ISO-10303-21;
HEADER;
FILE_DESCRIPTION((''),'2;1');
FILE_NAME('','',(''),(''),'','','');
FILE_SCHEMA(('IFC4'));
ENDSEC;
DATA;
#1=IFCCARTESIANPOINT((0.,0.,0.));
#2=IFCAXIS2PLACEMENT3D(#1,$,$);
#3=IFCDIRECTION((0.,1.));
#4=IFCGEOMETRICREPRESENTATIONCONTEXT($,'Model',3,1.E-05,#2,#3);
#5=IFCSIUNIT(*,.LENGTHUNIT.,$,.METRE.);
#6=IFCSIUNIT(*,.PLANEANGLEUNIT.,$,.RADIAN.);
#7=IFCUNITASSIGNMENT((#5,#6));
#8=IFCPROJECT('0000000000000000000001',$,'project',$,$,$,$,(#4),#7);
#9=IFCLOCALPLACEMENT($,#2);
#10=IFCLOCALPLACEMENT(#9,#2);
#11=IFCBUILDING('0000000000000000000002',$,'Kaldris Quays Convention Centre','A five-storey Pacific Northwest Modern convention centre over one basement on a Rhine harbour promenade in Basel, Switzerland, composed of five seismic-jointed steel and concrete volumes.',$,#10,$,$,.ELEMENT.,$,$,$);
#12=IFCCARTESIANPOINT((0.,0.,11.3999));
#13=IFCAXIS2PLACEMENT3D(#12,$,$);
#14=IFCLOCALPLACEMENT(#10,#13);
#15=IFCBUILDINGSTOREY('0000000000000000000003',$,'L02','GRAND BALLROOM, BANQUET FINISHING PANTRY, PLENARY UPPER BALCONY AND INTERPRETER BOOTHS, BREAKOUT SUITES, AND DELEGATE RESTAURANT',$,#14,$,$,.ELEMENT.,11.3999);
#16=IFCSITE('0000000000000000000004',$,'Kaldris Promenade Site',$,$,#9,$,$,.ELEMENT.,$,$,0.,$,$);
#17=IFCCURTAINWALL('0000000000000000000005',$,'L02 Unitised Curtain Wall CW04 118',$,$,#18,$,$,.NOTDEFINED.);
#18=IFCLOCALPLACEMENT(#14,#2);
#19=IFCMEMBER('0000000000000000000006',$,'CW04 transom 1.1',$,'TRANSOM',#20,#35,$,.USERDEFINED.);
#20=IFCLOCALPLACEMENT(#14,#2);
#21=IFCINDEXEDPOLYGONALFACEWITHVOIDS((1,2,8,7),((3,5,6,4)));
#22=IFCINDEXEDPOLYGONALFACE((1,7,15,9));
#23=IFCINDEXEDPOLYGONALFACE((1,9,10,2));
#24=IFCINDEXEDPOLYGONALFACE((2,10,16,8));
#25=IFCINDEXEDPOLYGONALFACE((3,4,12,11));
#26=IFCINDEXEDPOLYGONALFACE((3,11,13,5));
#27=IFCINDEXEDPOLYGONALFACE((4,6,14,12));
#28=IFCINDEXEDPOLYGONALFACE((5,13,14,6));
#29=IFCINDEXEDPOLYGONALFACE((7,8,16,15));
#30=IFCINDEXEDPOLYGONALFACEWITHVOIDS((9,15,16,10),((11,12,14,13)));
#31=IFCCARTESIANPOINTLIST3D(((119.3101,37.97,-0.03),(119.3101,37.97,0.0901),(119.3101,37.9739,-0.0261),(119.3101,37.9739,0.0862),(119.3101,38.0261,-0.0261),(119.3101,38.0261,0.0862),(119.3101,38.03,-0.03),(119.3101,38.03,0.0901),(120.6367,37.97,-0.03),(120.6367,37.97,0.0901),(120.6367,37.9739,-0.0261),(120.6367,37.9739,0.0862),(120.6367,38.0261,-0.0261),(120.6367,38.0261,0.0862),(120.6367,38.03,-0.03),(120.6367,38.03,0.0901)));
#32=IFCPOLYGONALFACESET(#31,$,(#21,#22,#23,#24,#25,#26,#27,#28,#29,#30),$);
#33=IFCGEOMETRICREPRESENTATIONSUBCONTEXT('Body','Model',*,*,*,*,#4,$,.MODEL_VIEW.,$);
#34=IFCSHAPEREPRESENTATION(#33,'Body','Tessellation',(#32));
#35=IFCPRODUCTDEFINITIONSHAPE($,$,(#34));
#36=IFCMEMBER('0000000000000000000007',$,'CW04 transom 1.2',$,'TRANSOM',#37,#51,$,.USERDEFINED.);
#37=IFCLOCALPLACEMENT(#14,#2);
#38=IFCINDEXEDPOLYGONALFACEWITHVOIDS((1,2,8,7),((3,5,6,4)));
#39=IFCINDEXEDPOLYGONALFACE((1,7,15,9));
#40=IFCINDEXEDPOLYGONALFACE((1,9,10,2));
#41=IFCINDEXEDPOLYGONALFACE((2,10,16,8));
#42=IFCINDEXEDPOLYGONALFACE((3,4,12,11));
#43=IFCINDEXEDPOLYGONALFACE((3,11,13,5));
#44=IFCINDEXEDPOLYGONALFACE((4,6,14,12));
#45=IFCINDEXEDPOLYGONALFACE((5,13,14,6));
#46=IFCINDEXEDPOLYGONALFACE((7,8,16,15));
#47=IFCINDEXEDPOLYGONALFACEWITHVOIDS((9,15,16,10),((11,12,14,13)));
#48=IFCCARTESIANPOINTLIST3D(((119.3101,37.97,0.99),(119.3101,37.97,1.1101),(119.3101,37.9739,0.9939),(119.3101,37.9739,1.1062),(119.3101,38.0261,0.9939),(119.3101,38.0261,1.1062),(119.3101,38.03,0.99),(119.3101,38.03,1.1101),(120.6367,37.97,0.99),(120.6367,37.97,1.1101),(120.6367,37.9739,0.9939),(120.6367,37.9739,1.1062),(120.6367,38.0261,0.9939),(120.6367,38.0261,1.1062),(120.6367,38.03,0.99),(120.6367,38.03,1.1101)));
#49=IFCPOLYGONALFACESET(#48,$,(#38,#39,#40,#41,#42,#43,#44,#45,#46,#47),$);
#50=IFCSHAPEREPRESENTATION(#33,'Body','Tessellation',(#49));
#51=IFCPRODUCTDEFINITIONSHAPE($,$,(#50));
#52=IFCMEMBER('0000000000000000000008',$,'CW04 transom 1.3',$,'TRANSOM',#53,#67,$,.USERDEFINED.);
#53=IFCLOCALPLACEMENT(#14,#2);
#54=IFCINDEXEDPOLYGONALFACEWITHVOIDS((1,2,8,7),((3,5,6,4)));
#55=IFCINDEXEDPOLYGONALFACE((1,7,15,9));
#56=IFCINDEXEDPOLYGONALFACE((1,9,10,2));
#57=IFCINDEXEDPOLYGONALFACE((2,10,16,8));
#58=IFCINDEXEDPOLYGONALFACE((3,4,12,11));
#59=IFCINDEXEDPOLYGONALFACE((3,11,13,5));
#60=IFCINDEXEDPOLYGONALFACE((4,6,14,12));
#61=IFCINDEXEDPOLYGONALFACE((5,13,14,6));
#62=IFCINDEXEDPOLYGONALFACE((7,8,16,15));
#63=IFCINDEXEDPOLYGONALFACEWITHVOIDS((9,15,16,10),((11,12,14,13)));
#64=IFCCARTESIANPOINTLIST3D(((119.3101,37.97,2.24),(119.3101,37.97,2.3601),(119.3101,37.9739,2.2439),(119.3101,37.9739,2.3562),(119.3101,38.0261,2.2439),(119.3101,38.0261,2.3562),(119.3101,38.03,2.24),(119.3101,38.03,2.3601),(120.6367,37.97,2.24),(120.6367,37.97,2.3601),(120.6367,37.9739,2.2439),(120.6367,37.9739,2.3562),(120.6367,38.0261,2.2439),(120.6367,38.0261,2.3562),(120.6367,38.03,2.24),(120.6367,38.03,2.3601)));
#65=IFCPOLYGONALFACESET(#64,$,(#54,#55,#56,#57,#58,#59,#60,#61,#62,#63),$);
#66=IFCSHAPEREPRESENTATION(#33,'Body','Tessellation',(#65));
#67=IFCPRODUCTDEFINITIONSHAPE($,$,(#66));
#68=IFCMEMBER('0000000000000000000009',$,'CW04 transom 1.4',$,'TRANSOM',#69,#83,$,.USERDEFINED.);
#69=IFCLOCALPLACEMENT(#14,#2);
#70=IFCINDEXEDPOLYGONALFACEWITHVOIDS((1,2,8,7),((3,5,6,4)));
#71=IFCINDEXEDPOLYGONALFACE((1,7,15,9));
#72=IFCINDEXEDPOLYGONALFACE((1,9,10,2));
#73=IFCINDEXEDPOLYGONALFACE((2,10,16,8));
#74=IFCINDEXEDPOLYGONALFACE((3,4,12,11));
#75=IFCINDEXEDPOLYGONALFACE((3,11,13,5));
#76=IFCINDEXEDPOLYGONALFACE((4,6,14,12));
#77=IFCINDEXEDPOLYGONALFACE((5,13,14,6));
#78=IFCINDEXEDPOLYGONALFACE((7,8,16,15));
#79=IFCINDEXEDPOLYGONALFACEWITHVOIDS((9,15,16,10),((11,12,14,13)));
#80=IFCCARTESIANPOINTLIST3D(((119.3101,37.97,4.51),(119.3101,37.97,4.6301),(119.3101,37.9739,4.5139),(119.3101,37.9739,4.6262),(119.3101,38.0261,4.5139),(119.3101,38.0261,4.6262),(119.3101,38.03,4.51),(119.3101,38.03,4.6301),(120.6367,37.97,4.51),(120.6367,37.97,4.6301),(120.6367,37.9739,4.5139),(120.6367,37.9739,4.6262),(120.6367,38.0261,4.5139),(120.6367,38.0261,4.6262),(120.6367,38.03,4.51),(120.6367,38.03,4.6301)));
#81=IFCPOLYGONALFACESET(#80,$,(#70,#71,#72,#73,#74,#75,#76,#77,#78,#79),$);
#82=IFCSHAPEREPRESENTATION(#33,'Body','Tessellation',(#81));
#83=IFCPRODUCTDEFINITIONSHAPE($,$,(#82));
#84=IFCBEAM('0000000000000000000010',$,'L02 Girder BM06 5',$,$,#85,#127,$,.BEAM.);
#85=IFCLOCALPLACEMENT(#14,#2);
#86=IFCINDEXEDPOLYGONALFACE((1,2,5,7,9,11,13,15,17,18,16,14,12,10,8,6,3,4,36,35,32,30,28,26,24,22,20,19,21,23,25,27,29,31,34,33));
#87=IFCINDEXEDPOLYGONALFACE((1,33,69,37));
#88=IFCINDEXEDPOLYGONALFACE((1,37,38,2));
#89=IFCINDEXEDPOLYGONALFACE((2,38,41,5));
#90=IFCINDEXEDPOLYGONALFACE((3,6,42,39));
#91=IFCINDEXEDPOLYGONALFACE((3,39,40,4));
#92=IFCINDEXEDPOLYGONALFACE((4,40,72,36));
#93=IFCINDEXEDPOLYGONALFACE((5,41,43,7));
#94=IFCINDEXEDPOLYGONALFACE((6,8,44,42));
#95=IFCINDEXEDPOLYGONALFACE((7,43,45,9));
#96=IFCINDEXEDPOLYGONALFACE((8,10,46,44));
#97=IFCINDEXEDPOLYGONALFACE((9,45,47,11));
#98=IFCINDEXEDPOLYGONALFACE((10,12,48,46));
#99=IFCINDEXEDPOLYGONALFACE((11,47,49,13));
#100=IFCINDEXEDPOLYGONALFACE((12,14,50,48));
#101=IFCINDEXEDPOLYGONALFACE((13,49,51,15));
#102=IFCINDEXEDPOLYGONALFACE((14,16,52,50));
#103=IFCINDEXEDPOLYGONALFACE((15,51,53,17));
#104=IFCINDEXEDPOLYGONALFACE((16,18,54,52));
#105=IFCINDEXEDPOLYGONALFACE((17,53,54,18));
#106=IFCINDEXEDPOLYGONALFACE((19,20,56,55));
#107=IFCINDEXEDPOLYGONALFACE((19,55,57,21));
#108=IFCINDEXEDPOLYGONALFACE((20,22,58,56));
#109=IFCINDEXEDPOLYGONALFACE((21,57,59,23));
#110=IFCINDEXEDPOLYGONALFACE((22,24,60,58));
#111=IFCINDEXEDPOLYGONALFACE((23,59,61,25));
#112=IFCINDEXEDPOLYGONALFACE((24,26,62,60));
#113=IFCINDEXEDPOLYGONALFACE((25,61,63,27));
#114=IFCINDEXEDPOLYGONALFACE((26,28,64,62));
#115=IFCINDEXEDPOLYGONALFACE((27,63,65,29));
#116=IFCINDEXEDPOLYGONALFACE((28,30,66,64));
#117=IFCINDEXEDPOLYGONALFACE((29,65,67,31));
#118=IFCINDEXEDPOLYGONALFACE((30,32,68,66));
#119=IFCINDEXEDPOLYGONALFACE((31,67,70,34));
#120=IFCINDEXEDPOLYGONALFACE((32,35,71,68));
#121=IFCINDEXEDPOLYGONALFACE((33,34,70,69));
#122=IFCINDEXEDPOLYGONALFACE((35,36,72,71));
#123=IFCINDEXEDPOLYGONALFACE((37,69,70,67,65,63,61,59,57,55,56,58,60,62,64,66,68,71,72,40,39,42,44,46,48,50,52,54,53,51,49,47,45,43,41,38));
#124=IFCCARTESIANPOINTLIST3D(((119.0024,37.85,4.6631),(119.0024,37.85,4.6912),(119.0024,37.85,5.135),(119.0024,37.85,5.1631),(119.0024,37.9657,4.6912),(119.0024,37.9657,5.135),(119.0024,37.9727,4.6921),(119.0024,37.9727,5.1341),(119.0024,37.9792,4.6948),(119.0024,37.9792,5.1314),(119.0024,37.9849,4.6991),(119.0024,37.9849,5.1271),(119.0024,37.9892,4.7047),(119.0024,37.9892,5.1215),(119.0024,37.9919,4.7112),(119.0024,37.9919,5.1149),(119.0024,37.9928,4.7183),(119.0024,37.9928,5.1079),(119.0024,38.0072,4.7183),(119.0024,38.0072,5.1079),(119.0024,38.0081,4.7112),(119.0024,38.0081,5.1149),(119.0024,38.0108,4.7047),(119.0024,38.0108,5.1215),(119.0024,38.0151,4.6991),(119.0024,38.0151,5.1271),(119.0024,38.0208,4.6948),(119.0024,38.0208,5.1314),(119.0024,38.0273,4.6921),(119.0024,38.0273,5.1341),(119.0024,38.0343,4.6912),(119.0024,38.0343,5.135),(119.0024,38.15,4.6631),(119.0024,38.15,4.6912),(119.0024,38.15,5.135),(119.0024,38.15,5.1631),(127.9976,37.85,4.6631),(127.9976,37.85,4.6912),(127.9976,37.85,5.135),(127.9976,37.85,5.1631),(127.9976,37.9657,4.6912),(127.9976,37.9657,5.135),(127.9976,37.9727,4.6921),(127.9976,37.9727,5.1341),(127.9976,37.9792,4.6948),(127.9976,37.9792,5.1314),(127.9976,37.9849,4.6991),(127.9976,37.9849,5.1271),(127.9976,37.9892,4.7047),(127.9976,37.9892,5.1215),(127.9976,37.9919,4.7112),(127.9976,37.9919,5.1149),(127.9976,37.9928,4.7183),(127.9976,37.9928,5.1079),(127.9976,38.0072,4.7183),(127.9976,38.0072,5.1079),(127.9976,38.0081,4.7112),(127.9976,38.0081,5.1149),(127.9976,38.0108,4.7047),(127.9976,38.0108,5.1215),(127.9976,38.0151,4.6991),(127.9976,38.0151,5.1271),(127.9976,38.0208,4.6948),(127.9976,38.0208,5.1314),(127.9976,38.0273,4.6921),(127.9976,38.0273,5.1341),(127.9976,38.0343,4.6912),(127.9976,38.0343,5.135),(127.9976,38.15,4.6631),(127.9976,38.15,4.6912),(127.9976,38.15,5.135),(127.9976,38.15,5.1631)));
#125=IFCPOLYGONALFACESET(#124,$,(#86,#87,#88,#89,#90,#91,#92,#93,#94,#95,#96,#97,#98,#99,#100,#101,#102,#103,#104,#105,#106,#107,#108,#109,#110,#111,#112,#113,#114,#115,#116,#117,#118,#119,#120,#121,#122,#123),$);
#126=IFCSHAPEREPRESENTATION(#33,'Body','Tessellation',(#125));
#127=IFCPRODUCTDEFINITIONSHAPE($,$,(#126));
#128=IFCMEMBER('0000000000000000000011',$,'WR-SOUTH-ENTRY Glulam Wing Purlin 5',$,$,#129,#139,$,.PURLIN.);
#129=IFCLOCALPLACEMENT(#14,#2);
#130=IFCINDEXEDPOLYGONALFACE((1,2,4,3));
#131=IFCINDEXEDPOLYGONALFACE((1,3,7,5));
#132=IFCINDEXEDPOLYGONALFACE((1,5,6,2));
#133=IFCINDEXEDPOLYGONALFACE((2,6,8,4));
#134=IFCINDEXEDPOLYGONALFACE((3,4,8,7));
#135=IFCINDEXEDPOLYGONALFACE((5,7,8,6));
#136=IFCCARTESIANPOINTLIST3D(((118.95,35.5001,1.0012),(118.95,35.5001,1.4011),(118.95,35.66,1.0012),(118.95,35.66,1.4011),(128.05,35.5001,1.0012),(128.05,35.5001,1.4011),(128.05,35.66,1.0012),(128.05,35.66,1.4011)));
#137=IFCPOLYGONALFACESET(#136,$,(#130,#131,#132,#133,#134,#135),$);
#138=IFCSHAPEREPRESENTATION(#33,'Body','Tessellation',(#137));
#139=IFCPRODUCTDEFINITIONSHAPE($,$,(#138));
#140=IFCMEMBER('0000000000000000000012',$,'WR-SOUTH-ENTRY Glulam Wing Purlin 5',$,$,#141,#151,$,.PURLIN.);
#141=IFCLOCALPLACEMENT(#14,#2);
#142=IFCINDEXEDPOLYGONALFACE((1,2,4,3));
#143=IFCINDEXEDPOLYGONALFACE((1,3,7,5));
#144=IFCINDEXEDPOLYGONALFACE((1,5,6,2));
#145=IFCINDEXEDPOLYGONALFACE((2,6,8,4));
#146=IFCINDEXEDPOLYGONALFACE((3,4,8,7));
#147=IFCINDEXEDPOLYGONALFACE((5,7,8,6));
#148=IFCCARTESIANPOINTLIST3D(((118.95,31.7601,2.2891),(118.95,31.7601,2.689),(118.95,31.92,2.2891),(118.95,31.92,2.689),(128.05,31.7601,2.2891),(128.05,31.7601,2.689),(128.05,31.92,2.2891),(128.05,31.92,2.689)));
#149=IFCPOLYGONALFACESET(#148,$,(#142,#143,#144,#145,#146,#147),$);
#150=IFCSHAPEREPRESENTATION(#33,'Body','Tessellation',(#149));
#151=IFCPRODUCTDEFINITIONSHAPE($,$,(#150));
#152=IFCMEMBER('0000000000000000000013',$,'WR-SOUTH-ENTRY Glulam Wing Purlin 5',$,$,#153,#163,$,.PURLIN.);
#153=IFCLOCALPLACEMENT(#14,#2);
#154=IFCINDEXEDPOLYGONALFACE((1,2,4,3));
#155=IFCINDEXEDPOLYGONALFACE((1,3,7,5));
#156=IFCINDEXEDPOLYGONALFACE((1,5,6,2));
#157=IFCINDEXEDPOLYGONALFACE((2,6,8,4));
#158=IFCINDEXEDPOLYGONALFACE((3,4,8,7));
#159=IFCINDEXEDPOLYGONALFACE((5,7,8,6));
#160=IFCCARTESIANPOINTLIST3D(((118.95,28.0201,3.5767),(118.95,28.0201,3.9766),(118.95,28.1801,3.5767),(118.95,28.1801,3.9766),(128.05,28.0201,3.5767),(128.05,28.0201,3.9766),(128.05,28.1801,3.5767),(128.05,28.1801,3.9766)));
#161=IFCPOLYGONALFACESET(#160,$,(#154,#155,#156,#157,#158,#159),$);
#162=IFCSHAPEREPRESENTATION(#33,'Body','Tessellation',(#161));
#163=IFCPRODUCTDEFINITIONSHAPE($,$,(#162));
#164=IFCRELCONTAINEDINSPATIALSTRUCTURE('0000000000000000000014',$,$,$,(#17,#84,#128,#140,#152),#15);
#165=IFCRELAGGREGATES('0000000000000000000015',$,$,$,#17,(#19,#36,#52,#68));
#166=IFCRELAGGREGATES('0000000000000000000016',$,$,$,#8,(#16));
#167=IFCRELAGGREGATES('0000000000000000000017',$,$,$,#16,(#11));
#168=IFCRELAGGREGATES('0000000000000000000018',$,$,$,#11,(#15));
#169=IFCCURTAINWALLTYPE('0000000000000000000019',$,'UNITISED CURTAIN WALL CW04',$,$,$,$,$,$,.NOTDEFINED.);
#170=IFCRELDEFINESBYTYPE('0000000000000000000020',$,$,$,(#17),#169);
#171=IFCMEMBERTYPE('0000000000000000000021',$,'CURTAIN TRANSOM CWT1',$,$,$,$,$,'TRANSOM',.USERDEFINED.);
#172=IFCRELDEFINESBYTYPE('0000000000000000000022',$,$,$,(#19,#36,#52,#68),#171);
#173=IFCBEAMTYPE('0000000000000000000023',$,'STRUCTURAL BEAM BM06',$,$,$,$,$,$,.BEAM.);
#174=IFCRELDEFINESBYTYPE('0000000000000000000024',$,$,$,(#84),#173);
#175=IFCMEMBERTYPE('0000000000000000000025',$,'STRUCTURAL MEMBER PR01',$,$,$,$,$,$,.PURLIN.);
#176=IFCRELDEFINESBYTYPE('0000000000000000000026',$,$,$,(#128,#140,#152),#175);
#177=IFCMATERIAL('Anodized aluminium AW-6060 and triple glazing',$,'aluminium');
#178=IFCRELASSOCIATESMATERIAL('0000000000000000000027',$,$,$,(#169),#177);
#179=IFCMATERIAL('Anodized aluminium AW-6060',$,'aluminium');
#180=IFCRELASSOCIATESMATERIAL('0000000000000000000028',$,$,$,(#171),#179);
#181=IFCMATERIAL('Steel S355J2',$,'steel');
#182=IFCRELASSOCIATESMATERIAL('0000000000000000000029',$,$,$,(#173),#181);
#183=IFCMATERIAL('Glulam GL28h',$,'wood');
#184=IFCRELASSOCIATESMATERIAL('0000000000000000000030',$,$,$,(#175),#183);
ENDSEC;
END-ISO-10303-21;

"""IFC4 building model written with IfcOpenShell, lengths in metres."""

from ifc_helpers import new_model, si_unit, direction, frame, origin, origin_2d, place, context, subcontext, project, spatial, rectangle, hollow_rectangle, i_section, extrude, material, material_profile, profile_set, type_object, element, aggregate, save


model = new_model("IFC4")

# Units and contexts
model_context = context("Model", 3, precision=1e-05, world=origin(), true_north=direction((0.0, 1.0)))
body_context = subcontext(model_context, "Body", "Model", "MODEL_VIEW")
ifc_project = project(units=[si_unit("LENGTHUNIT", "METRE"), si_unit("PLANEANGLEUNIT", "RADIAN")], contexts=[model_context])

# Site, building, storey
site_placement = place(None, origin())
site = spatial("IfcSite", under=ifc_project, at=site_placement, Name="Kaldris Promenade Site", CompositionType="ELEMENT", RefElevation=0.0)
building_placement = place(site_placement, origin())
building = spatial("IfcBuilding", under=site, at=building_placement, Name="Kaldris Quays Convention Centre", Description="A five-storey Pacific Northwest Modern convention centre over one basement on a Rhine harbour promenade in Basel, Switzerland, composed of five seismic-jointed steel and concrete volumes.", CompositionType="ELEMENT")
storey_placement = place(building_placement, frame((0.0, 0.0, 11.3999)))
storey = spatial("IfcBuildingStorey", under=building, at=storey_placement, Name="L02", Description="GRAND BALLROOM, BANQUET FINISHING PANTRY, PLENARY UPPER BALCONY AND INTERPRETER BOOTHS, BREAKOUT SUITES, AND DELEGATE RESTAURANT", CompositionType="ELEMENT", Elevation=11.3999)

# Shared definitions
ifc_material_1 = material(Name="Steel S355J2", Category="steel")

# Shared definitions
ifc_material_2 = material(Name="Anodized aluminium AW-6060 and triple glazing", Category="aluminium")
curtain_wall_type = type_object("IfcCurtainWallType", Name="UNITISED CURTAIN WALL CW04", PredefinedType="NOTDEFINED", material=ifc_material_2)
ifc_material_3 = material(Name="Anodized aluminium AW-6060", Category="aluminium")

# Curtain wall
curtain_wall_1_placement = place(storey_placement, origin())
curtain_wall_1 = element("IfcCurtainWall", 1, at=curtain_wall_1_placement, inside=storey, type_object=curtain_wall_type, Name="L02 Unitised Curtain Wall CW04 118", PredefinedType="NOTDEFINED")

# Members
ifc_material_profile_1 = material_profile(ifc_material_3, hollow_rectangle(XDim=0.0601, YDim=0.1201, WallThickness=0.0039, at=origin_2d()), Name="RHS 120x60x4")
ifc_profile_set_1 = profile_set([ifc_material_profile_1], Name="Anodized aluminium AW-6060")
member_type_1 = type_object("IfcMemberType", Name="CURTAIN TRANSOM CWT1", ElementType="TRANSOM", PredefinedType="USERDEFINED", material=ifc_profile_set_1)
member_1_placement = place(storey_placement, frame((119.3101, 38.0, 0.03), z_axis=(1.0, 0.0, 0.0), x_axis=(0.0, 1.0, 0.0)))
member_1 = element("IfcMember", 2, at=member_1_placement, type_object=member_type_1, Name="CW04 transom 1.1", ObjectType="TRANSOM", PredefinedType="USERDEFINED", context=body_context, shape_type="SweptSolid", body=[
    extrude(hollow_rectangle(XDim=0.0601, YDim=0.1201, WallThickness=0.0039, at=origin_2d()), origin(), (0.0, 0.0, 1.0), 1.3267),
])
member_2_placement = place(storey_placement, frame((119.3101, 38.0, 1.05), z_axis=(1.0, 0.0, 0.0), x_axis=(0.0, 1.0, 0.0)))
member_2 = element("IfcMember", 3, at=member_2_placement, type_object=member_type_1, Name="CW04 transom 1.2", ObjectType="TRANSOM", PredefinedType="USERDEFINED", context=body_context, shape_type="SweptSolid", body=[
    extrude(hollow_rectangle(XDim=0.0601, YDim=0.1201, WallThickness=0.0039, at=origin_2d()), origin(), (0.0, 0.0, 1.0), 1.3267),
])
member_3_placement = place(storey_placement, frame((119.3101, 38.0, 2.3), z_axis=(1.0, 0.0, 0.0), x_axis=(0.0, 1.0, 0.0)))
member_3 = element("IfcMember", 4, at=member_3_placement, type_object=member_type_1, Name="CW04 transom 1.3", ObjectType="TRANSOM", PredefinedType="USERDEFINED", context=body_context, shape_type="SweptSolid", body=[
    extrude(hollow_rectangle(XDim=0.0601, YDim=0.1201, WallThickness=0.0039, at=origin_2d()), origin(), (0.0, 0.0, 1.0), 1.3267),
])
member_4_placement = place(storey_placement, frame((119.3101, 38.0, 4.5701), z_axis=(1.0, 0.0, 0.0), x_axis=(0.0, 1.0, 0.0)))
member_4 = element("IfcMember", 5, at=member_4_placement, type_object=member_type_1, Name="CW04 transom 1.4", ObjectType="TRANSOM", PredefinedType="USERDEFINED", context=body_context, shape_type="SweptSolid", body=[
    extrude(hollow_rectangle(XDim=0.0601, YDim=0.1201, WallThickness=0.0039, at=origin_2d()), origin(), (0.0, 0.0, 1.0), 1.3267),
])

# Beam
ifc_material_profile_2 = material_profile(ifc_material_1, i_section(OverallWidth=0.3, OverallDepth=0.5, WebThickness=0.0144, FlangeThickness=0.0281, FilletRadius=0.0271, at=origin_2d()), Name="HEB 500")
ifc_profile_set_2 = profile_set([ifc_material_profile_2], Name="Steel S355J2")
beam_type = type_object("IfcBeamType", Name="STRUCTURAL BEAM BM06", PredefinedType="BEAM", material=ifc_profile_set_2)
beam_placement = place(storey_placement, frame((119.0024, 38.0, 4.9131), z_axis=(1.0, 0.0, 0.0), x_axis=(0.0, 1.0, 0.0)))
element("IfcBeam", 6, at=beam_placement, inside=storey, type_object=beam_type, Name="L02 Girder BM06 5", PredefinedType="BEAM", context=body_context, shape_type="SweptSolid", body=[
    extrude(i_section(OverallWidth=0.3, OverallDepth=0.5, WebThickness=0.0144, FlangeThickness=0.0281, FilletRadius=0.0271, at=origin_2d()), origin(), (0.0, 0.0, 1.0), 8.9951),
])

# Members
ifc_material_4 = material(Name="Glulam GL28h", Category="wood")
ifc_material_profile_3 = material_profile(ifc_material_4, rectangle(XDim=0.1599, YDim=0.3999, at=origin_2d()), Name="GL 160x400")
ifc_profile_set_3 = profile_set([ifc_material_profile_3], Name="Glulam GL28h")
member_type_2 = type_object("IfcMemberType", Name="STRUCTURAL MEMBER PR01", PredefinedType="PURLIN", material=ifc_profile_set_3)
for number, where, z_axis, x_axis, name in (
    (7, (118.95, 35.5801, 1.2012), (1.0, 0.0, 0.0), (0.0, 1.0, 0.0), "WR-SOUTH-ENTRY Glulam Wing Purlin 5"),
    (8, (118.95, 31.8401, 2.489), (1.0, 0.0, 0.0), (0.0, 1.0, 0.0), "WR-SOUTH-ENTRY Glulam Wing Purlin 5"),
    (9, (118.95, 28.1001, 3.7766), (1.0, 0.0, 0.0), (0.0, 1.0, 0.0), "WR-SOUTH-ENTRY Glulam Wing Purlin 5"),
):
    element("IfcMember", number, at=place(storey_placement, frame(where, z_axis=z_axis, x_axis=x_axis)), inside=storey, type_object=member_type_2, Name=name, PredefinedType="PURLIN", context=body_context, shape_type="SweptSolid", body=[
        extrude(rectangle(XDim=0.1599, YDim=0.3999, at=origin_2d()), origin(), (0.0, 0.0, 1.0), 9.1001),
    ])

aggregate(curtain_wall_1, [member_1, member_2, member_3, member_4])

save(model, "model.ifc")
